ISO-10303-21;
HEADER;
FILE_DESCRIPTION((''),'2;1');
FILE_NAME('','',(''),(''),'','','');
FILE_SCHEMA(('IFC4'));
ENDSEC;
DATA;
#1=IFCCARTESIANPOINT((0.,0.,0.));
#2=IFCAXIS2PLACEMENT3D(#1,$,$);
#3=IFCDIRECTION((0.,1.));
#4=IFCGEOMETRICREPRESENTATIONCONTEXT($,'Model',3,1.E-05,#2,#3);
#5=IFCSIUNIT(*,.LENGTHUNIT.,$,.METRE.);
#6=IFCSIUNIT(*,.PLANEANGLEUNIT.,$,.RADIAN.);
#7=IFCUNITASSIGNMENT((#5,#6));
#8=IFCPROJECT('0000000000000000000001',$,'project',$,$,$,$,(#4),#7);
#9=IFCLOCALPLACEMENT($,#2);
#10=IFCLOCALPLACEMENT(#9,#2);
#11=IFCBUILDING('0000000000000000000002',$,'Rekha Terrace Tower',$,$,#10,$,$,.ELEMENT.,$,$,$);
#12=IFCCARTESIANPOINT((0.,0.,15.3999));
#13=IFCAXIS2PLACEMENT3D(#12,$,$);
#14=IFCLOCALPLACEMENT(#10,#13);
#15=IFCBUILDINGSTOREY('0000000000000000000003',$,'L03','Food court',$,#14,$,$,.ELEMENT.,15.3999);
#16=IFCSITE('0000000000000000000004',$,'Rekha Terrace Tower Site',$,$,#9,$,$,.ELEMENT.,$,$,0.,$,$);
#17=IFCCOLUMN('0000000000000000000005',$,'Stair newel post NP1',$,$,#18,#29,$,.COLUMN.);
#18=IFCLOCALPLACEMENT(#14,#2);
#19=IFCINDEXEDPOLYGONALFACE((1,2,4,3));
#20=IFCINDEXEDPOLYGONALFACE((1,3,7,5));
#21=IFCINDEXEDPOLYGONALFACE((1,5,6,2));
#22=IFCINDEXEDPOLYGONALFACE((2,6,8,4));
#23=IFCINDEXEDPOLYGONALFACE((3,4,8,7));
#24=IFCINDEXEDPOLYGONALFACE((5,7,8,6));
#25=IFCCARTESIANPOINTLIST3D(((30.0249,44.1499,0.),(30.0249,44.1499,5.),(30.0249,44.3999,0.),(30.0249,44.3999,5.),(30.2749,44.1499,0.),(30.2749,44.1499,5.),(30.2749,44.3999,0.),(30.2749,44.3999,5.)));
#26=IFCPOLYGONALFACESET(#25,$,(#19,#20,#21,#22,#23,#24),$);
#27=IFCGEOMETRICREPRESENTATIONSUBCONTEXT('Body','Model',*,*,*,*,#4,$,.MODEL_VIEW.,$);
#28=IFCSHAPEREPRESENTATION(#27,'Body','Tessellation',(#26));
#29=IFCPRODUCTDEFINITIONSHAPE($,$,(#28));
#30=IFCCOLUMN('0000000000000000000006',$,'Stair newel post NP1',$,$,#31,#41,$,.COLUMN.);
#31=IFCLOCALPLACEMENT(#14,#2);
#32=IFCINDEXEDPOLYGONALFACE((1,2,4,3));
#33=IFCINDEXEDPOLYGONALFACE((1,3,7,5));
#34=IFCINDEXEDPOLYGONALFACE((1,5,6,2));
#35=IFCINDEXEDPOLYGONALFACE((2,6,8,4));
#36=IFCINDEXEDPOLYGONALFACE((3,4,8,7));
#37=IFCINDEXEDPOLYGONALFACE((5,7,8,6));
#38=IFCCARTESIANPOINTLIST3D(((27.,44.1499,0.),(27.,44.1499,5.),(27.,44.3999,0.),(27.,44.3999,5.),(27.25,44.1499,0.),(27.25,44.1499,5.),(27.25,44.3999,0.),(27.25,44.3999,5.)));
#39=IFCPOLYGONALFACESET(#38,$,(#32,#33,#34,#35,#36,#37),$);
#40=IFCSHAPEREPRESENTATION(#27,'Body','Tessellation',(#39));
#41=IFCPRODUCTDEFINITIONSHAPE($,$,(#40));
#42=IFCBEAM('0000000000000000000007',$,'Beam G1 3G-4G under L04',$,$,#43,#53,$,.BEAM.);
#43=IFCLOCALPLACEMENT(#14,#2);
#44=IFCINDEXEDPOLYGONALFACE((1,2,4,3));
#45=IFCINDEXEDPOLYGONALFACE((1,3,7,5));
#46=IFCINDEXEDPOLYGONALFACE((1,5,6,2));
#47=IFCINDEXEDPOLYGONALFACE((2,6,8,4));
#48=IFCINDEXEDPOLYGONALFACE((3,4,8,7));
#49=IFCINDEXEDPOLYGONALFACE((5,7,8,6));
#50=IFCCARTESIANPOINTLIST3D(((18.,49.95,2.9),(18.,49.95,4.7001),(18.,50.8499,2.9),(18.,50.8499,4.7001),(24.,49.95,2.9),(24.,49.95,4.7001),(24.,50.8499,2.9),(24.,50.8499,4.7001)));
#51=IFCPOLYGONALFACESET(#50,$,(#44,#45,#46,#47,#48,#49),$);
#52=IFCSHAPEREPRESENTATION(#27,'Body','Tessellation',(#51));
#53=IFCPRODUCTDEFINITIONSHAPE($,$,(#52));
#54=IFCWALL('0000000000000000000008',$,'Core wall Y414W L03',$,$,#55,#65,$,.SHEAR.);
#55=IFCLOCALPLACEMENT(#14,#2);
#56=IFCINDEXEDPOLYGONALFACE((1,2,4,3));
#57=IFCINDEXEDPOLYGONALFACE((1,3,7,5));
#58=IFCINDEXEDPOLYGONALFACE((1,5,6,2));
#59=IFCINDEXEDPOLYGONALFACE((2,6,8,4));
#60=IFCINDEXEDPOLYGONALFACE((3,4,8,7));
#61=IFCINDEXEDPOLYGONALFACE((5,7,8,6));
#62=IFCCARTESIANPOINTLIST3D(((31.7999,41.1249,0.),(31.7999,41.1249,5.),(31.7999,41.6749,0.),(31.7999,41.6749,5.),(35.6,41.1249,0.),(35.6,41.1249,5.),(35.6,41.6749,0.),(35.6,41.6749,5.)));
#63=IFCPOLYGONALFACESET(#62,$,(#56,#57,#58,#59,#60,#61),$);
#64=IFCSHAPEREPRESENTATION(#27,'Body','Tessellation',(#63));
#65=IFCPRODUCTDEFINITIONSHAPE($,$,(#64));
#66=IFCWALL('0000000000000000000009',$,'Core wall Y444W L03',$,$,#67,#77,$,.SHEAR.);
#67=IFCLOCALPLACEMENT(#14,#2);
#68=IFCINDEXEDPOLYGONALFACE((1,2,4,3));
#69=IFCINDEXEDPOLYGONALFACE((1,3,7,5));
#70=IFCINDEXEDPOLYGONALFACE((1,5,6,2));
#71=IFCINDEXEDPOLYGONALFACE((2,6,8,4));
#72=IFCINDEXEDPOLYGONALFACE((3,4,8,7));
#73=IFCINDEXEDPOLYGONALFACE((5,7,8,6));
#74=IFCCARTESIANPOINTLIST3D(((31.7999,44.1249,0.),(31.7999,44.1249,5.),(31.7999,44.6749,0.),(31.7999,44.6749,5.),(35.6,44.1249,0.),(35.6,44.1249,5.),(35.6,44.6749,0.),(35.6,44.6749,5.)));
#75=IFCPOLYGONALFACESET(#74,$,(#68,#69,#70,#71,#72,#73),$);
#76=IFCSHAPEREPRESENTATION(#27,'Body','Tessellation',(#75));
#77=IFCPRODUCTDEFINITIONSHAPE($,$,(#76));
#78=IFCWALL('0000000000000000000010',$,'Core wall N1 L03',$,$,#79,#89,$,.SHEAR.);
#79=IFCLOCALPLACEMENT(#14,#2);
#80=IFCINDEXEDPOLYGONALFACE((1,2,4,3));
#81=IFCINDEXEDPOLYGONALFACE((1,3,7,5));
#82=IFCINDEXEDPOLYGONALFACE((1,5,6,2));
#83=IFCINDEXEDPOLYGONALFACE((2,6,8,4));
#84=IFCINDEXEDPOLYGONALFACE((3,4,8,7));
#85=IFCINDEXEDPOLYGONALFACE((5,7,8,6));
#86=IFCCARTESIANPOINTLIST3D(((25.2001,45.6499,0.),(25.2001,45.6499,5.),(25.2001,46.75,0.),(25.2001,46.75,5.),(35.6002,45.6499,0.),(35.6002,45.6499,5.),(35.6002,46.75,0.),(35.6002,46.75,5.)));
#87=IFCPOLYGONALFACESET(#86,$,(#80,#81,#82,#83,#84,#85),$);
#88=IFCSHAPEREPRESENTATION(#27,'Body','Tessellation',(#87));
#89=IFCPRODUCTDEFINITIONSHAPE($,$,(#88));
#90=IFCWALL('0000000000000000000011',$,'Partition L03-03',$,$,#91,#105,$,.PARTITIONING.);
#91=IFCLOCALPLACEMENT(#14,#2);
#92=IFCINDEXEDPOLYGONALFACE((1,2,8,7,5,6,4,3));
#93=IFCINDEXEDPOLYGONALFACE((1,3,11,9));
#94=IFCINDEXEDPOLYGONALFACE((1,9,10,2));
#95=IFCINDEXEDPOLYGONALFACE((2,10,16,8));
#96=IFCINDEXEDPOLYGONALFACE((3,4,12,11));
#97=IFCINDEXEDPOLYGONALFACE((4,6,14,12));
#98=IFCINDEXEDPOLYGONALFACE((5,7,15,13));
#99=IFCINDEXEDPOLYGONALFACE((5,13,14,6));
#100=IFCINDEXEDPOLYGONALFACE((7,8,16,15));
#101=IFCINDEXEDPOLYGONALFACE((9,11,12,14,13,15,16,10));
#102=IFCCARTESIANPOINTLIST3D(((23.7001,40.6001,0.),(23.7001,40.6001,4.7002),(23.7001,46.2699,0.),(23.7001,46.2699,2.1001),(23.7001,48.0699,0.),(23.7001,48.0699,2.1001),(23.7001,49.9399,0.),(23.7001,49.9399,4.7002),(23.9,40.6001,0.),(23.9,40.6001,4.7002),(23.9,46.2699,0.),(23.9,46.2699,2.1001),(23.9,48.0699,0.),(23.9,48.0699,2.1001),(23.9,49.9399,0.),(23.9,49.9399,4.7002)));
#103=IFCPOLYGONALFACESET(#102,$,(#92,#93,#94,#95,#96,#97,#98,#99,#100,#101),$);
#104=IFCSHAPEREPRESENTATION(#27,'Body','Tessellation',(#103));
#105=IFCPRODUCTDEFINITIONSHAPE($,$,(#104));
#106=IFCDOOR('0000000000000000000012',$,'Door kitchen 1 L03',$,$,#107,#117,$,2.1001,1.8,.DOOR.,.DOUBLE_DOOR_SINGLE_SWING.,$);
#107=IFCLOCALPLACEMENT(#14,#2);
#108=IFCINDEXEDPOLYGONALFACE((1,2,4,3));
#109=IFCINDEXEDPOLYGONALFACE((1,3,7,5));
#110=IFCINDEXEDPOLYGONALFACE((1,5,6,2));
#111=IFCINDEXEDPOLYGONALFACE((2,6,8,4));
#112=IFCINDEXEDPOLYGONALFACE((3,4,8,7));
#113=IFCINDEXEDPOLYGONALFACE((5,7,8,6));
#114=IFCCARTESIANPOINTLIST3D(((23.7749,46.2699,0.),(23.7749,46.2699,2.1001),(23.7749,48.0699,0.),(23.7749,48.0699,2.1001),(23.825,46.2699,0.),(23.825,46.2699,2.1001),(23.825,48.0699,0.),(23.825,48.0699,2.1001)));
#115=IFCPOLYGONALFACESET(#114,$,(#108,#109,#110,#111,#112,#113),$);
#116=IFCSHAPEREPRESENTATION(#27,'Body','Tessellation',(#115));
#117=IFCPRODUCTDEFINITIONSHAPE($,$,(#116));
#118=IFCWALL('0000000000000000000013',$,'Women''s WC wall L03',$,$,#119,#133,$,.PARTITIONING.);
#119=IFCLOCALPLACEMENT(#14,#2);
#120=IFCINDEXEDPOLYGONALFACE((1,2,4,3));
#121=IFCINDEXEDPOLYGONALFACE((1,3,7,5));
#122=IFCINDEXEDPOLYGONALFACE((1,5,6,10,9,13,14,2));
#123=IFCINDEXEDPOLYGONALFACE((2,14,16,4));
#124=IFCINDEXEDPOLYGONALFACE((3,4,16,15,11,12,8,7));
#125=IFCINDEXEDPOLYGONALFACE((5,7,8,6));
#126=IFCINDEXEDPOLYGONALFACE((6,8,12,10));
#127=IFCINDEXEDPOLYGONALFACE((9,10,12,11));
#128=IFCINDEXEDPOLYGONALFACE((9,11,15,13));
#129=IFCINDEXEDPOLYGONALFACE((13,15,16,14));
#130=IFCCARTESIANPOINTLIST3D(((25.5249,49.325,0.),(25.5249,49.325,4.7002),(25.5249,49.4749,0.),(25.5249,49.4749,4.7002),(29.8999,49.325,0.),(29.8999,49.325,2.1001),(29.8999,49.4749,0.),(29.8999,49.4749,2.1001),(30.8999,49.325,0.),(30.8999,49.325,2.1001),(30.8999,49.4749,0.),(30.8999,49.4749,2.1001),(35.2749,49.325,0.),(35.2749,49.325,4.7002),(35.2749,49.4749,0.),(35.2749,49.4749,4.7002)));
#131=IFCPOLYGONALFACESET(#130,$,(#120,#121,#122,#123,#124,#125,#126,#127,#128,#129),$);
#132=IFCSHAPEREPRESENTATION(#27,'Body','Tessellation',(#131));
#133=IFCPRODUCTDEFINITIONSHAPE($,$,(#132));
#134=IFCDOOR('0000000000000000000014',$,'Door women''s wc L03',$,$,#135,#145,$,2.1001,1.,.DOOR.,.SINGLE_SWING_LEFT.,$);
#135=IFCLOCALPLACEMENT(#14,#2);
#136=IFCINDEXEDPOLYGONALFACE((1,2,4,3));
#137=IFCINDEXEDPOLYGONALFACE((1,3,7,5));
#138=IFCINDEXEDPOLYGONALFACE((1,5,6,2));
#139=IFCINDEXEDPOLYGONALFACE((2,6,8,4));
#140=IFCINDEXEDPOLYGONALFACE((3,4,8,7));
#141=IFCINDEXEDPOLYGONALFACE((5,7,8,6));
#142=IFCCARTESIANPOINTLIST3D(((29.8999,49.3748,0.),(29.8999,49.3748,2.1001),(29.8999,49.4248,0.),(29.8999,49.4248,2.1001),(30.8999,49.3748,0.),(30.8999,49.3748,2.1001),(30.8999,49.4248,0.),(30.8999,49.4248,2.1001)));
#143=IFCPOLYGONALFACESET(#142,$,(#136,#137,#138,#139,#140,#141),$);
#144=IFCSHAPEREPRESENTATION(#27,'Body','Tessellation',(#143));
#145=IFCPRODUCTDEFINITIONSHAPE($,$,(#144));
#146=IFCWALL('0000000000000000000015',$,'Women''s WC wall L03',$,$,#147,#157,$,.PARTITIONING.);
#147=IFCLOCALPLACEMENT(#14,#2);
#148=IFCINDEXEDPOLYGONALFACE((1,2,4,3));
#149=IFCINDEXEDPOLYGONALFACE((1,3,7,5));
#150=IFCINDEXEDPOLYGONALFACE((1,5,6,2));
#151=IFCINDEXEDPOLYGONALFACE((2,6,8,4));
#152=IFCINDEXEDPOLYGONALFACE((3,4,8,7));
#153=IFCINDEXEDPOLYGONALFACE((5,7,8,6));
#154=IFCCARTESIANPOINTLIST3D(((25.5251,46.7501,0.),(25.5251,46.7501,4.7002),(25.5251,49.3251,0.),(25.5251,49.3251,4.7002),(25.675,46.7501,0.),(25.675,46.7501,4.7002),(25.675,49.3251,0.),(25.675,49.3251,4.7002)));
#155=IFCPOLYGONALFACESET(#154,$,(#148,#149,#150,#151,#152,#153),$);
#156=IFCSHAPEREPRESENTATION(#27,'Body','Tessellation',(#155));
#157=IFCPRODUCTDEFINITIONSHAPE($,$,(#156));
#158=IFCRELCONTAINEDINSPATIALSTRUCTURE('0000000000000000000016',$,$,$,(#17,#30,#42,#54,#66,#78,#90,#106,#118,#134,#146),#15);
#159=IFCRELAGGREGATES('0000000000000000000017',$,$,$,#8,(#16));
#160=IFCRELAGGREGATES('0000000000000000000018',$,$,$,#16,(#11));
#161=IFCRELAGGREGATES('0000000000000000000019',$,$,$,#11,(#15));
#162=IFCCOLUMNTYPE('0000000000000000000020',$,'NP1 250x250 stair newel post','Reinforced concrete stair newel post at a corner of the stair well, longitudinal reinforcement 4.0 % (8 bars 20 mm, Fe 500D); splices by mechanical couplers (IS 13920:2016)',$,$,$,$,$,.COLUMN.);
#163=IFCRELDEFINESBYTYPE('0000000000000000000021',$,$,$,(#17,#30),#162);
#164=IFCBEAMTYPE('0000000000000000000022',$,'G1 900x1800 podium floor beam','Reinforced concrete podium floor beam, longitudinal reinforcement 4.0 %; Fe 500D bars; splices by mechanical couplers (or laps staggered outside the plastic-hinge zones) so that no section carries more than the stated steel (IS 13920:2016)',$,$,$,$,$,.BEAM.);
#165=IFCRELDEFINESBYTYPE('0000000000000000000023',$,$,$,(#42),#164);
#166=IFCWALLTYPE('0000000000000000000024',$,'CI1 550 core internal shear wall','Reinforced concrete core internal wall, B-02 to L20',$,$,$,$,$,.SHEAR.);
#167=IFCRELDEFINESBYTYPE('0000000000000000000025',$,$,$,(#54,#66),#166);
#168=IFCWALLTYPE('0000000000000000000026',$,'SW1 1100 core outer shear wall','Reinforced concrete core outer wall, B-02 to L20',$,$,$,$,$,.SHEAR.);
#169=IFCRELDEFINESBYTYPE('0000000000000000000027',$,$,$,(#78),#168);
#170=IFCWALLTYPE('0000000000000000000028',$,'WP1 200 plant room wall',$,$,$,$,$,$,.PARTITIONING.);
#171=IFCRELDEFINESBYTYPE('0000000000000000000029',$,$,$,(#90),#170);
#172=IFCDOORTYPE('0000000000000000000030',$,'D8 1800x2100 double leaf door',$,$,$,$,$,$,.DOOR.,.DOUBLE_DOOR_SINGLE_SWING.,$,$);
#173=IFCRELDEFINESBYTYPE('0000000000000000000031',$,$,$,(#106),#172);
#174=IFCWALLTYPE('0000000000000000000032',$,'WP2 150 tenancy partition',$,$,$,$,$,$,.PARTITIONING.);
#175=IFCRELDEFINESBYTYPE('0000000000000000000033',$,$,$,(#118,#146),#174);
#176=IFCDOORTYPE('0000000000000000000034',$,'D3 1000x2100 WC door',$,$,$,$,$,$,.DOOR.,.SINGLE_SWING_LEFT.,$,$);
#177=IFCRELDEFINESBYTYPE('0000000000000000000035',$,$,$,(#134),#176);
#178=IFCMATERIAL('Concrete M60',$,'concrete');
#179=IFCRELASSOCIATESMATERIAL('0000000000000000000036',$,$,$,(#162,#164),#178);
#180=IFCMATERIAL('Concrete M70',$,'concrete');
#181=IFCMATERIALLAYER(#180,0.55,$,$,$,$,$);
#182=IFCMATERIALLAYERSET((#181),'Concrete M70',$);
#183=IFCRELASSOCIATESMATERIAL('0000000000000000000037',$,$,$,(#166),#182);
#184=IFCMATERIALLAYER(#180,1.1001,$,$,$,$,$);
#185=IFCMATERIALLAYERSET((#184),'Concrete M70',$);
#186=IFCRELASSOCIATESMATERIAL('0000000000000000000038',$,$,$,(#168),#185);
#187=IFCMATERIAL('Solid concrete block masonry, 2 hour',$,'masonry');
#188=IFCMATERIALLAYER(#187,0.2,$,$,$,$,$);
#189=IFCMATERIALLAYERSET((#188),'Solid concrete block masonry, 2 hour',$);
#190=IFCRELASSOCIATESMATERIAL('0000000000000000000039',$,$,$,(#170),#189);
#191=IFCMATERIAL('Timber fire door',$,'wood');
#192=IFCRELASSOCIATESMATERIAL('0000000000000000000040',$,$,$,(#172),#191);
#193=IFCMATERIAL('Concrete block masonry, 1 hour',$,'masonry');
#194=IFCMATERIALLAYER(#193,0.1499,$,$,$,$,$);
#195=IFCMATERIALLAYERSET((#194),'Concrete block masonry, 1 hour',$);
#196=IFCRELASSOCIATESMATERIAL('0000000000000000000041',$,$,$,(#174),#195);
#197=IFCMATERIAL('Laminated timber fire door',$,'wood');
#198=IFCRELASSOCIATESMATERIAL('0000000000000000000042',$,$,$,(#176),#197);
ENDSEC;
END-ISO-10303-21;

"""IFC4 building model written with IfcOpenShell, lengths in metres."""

from ifc_helpers import new_model, si_unit, direction, frame, frame_2d, origin, origin_2d, place, context, subcontext, project, spatial, rectangle, extrude, material, layer, layer_set, material_profile, profile_set, type_object, element, fill, save


model = new_model("IFC4")

# Units and contexts
model_context = context("Model", 3, precision=1e-05, world=origin(), true_north=direction((0.0, 1.0)))
body_context = subcontext(model_context, "Body", "Model", "MODEL_VIEW")
ifc_project = project(units=[si_unit("LENGTHUNIT", "METRE"), si_unit("PLANEANGLEUNIT", "RADIAN")], contexts=[model_context])

# Site, building, storey
site_placement = place(None, origin())
site = spatial("IfcSite", under=ifc_project, at=site_placement, Name="Rekha Terrace Tower Site", CompositionType="ELEMENT", RefElevation=0.0)
building_placement = place(site_placement, origin())
building = spatial("IfcBuilding", under=site, at=building_placement, Name="Rekha Terrace Tower", CompositionType="ELEMENT")
storey_placement = place(building_placement, frame((0.0, 0.0, 15.3999)))
storey = spatial("IfcBuildingStorey", under=building, at=storey_placement, Name="L03", Description="Food court", CompositionType="ELEMENT", Elevation=15.3999)

# Columns
ifc_material_1 = material(Name="Concrete M60", Category="concrete")
ifc_material_profile_1 = material_profile(ifc_material_1, rectangle(XDim=0.25, YDim=0.25, at=origin_2d()), Name="RC 250x250")
ifc_profile_set_1 = profile_set([ifc_material_profile_1], Name="Concrete M60")
column_type = type_object("IfcColumnType", Name="NP1 250x250 stair newel post", Description="Reinforced concrete stair newel post at a corner of the stair well, longitudinal reinforcement 4.0 % (8 bars 20 mm, Fe 500D); splices by mechanical couplers (IS 13920:2016)", PredefinedType="COLUMN", material=ifc_profile_set_1)
for number, where, z_axis, x_axis, name in (
    (1, (30.1499, 44.2749, 0.0), (0.0, 0.0, 1.0), (1.0, 0.0, 0.0), "Stair newel post NP1"),
    (2, (27.125, 44.2749, 0.0), (0.0, 0.0, 1.0), (1.0, 0.0, 0.0), "Stair newel post NP1"),
):
    element("IfcColumn", number, at=place(storey_placement, frame(where, z_axis=z_axis, x_axis=x_axis)), inside=storey, type_object=column_type, Name=name, PredefinedType="COLUMN", context=body_context, shape_type="SweptSolid", body=[
        extrude(rectangle(XDim=0.25, YDim=0.25, at=origin_2d()), origin(), (0.0, 0.0, 1.0), 5.0),
    ])

# Beam
ifc_material_profile_2 = material_profile(ifc_material_1, rectangle(XDim=0.8999, YDim=1.8, at=origin_2d()), Name="RC 900x1800")
ifc_profile_set_2 = profile_set([ifc_material_profile_2], Name="Concrete M60")
beam_type = type_object("IfcBeamType", Name="G1 900x1800 podium floor beam", Description="Reinforced concrete podium floor beam, longitudinal reinforcement 4.0 %; Fe 500D bars; splices by mechanical couplers (or laps staggered outside the plastic-hinge zones) so that no section carries more than the stated steel (IS 13920:2016)", PredefinedType="BEAM", material=ifc_profile_set_2)
beam_placement = place(storey_placement, frame((18.0, 50.3999, 3.8), z_axis=(1.0, 0.0, 0.0), x_axis=(0.0, 1.0, 0.0)))
element("IfcBeam", 3, at=beam_placement, inside=storey, type_object=beam_type, Name="Beam G1 3G-4G under L04", PredefinedType="BEAM", context=body_context, shape_type="SweptSolid", body=[
    extrude(rectangle(XDim=0.8999, YDim=1.8, at=origin_2d()), origin(), (0.0, 0.0, 1.0), 6.0),
])

# Walls
ifc_material_2 = material(Name="Concrete M70", Category="concrete")
ifc_layer_1 = layer(ifc_material_2, 0.55)
ifc_layer_set_1 = layer_set([ifc_layer_1], Name="Concrete M70")
wall_type_1 = type_object("IfcWallType", Name="CI1 550 core internal shear wall", Description="Reinforced concrete core internal wall, B-02 to L20", PredefinedType="SHEAR", material=ifc_layer_set_1)
for number, where, z_axis, x_axis, name in (
    (4, (31.8, 41.3999, 0.0), (0.0, 0.0, 1.0), (1.0, 0.0, 0.0), "Core wall Y414W L03"),
    (5, (31.8, 44.3999, 0.0), (0.0, 0.0, 1.0), (1.0, 0.0, 0.0), "Core wall Y444W L03"),
):
    element("IfcWall", number, at=place(storey_placement, frame(where, z_axis=z_axis, x_axis=x_axis)), inside=storey, type_object=wall_type_1, Name=name, PredefinedType="SHEAR", context=body_context, shape_type="SweptSolid", body=[
        extrude(rectangle(XDim=3.8, YDim=0.55, at=frame_2d((1.8999, 0.0))), origin(), (0.0, 0.0, 1.0), 5.0),
    ])
ifc_layer_2 = layer(ifc_material_2, 1.1001)
ifc_layer_set_2 = layer_set([ifc_layer_2], Name="Concrete M70")
wall_type_2 = type_object("IfcWallType", Name="SW1 1100 core outer shear wall", Description="Reinforced concrete core outer wall, B-02 to L20", PredefinedType="SHEAR", material=ifc_layer_set_2)
wall_1_placement = place(storey_placement, frame((25.2, 46.2, 0.0), z_axis=(0.0, 0.0, 1.0), x_axis=(1.0, 0.0, 0.0)))
element("IfcWall", 6, at=wall_1_placement, inside=storey, type_object=wall_type_2, Name="Core wall N1 L03", PredefinedType="SHEAR", context=body_context, shape_type="SweptSolid", body=[
    extrude(rectangle(XDim=10.4001, YDim=1.1001, at=frame_2d((5.2002, 0.0))), origin(), (0.0, 0.0, 1.0), 5.0),
])

# Walls, openings, doors
ifc_material_3 = material(Name="Solid concrete block masonry, 2 hour", Category="masonry")
ifc_layer_3 = layer(ifc_material_3, 0.2)
ifc_layer_set_3 = layer_set([ifc_layer_3], Name="Solid concrete block masonry, 2 hour")
wall_type_3 = type_object("IfcWallType", Name="WP1 200 plant room wall", PredefinedType="PARTITIONING", material=ifc_layer_set_3)
wall_2_placement = place(storey_placement, frame((23.8, 49.9399, 0.0), z_axis=(0.0, 0.0, 1.0), x_axis=(0.0, -1.0, 0.0)))
wall_2 = element("IfcWall", 7, at=wall_2_placement, inside=storey, type_object=wall_type_3, Name="Partition L03-03", PredefinedType="PARTITIONING", context=body_context, shape_type="SweptSolid", body=[
    extrude(rectangle(XDim=9.3398, YDim=0.2, at=frame_2d((4.6699, 0.0))), origin(), (0.0, 0.0, 1.0), 4.7002),
])
opening_1_placement = place(wall_2_placement, frame((1.8701, 0.0, 0.0)))
opening_1 = element("IfcOpeningElement", 8, at=opening_1_placement, cuts=wall_2, PredefinedType="OPENING", context=body_context, shape_type="SweptSolid", body=[
    extrude(rectangle(XDim=1.8, YDim=2.1001, at=frame_2d((0.8999, 1.05))), frame((0.0, 0.1099, 0.0), z_axis=(0.0, -1.0, 0.0), x_axis=(1.0, 0.0, 0.0)), (0.0, 0.0, 1.0), 0.22),
])
ifc_material_4 = material(Name="Timber fire door", Category="wood")
door_type_1 = type_object("IfcDoorType", Name="D8 1800x2100 double leaf door", OperationType="DOUBLE_DOOR_SINGLE_SWING", PredefinedType="DOOR", material=ifc_material_4)
door_1_placement = place(opening_1_placement, origin())
door_1 = element("IfcDoor", 9, at=door_1_placement, inside=storey, type_object=door_type_1, Name="Door kitchen 1 L03", OperationType="DOUBLE_DOOR_SINGLE_SWING", OverallHeight=2.1001, OverallWidth=1.8, PredefinedType="DOOR", context=body_context, shape_type="SweptSolid", body=[
    extrude(rectangle(XDim=1.8, YDim=2.1001, at=frame_2d((0.8999, 1.05))), frame((0.0, 0.0249, 0.0), z_axis=(0.0, -1.0, 0.0), x_axis=(1.0, 0.0, 0.0)), (0.0, 0.0, 1.0), 0.05),
])
fill(opening_1, door_1)
ifc_material_5 = material(Name="Concrete block masonry, 1 hour", Category="masonry")
ifc_layer_4 = layer(ifc_material_5, 0.1499)
ifc_layer_set_4 = layer_set([ifc_layer_4], Name="Concrete block masonry, 1 hour")
wall_type_4 = type_object("IfcWallType", Name="WP2 150 tenancy partition", PredefinedType="PARTITIONING", material=ifc_layer_set_4)
wall_3_placement = place(storey_placement, frame((25.5249, 49.3999, 0.0), z_axis=(0.0, 0.0, 1.0), x_axis=(1.0, 0.0, 0.0)))
wall_3 = element("IfcWall", 10, at=wall_3_placement, inside=storey, type_object=wall_type_4, Name="Women's WC wall L03", PredefinedType="PARTITIONING", context=body_context, shape_type="SweptSolid", body=[
    extrude(rectangle(XDim=9.75, YDim=0.1499, at=frame_2d((4.875, 0.0))), origin(), (0.0, 0.0, 1.0), 4.7002),
])
opening_2_placement = place(wall_3_placement, frame((4.375, 0.0, 0.0)))
opening_2 = element("IfcOpeningElement", 11, at=opening_2_placement, cuts=wall_3, PredefinedType="OPENING", context=body_context, shape_type="SweptSolid", body=[
    extrude(rectangle(XDim=1.0, YDim=2.1001, at=frame_2d((0.5, 1.05))), frame((0.0, 0.085, 0.0), z_axis=(0.0, -1.0, 0.0), x_axis=(1.0, 0.0, 0.0)), (0.0, 0.0, 1.0), 0.1699),
])
ifc_material_6 = material(Name="Laminated timber fire door", Category="wood")
door_type_2 = type_object("IfcDoorType", Name="D3 1000x2100 WC door", OperationType="SINGLE_SWING_LEFT", PredefinedType="DOOR", material=ifc_material_6)
door_2_placement = place(opening_2_placement, origin())
door_2 = element("IfcDoor", 12, at=door_2_placement, inside=storey, type_object=door_type_2, Name="Door women's wc L03", OperationType="SINGLE_SWING_LEFT", OverallHeight=2.1001, OverallWidth=1.0, PredefinedType="DOOR", context=body_context, shape_type="SweptSolid", body=[
    extrude(rectangle(XDim=1.0, YDim=2.1001, at=frame_2d((0.5, 1.05))), frame((0.0, 0.0249, 0.0), z_axis=(0.0, -1.0, 0.0), x_axis=(1.0, 0.0, 0.0)), (0.0, 0.0, 1.0), 0.05),
])
fill(opening_2, door_2)

# Wall
wall_4_placement = place(storey_placement, frame((25.6001, 46.75, 0.0), z_axis=(0.0, 0.0, 1.0), x_axis=(0.0, 1.0, 0.0)))
element("IfcWall", 13, at=wall_4_placement, inside=storey, type_object=wall_type_4, Name="Women's WC wall L03", PredefinedType="PARTITIONING", context=body_context, shape_type="SweptSolid", body=[
    extrude(rectangle(XDim=2.575, YDim=0.1499, at=frame_2d((1.2876, 0.0))), origin(), (0.0, 0.0, 1.0), 4.7002),
])

save(model, "model.ifc")
